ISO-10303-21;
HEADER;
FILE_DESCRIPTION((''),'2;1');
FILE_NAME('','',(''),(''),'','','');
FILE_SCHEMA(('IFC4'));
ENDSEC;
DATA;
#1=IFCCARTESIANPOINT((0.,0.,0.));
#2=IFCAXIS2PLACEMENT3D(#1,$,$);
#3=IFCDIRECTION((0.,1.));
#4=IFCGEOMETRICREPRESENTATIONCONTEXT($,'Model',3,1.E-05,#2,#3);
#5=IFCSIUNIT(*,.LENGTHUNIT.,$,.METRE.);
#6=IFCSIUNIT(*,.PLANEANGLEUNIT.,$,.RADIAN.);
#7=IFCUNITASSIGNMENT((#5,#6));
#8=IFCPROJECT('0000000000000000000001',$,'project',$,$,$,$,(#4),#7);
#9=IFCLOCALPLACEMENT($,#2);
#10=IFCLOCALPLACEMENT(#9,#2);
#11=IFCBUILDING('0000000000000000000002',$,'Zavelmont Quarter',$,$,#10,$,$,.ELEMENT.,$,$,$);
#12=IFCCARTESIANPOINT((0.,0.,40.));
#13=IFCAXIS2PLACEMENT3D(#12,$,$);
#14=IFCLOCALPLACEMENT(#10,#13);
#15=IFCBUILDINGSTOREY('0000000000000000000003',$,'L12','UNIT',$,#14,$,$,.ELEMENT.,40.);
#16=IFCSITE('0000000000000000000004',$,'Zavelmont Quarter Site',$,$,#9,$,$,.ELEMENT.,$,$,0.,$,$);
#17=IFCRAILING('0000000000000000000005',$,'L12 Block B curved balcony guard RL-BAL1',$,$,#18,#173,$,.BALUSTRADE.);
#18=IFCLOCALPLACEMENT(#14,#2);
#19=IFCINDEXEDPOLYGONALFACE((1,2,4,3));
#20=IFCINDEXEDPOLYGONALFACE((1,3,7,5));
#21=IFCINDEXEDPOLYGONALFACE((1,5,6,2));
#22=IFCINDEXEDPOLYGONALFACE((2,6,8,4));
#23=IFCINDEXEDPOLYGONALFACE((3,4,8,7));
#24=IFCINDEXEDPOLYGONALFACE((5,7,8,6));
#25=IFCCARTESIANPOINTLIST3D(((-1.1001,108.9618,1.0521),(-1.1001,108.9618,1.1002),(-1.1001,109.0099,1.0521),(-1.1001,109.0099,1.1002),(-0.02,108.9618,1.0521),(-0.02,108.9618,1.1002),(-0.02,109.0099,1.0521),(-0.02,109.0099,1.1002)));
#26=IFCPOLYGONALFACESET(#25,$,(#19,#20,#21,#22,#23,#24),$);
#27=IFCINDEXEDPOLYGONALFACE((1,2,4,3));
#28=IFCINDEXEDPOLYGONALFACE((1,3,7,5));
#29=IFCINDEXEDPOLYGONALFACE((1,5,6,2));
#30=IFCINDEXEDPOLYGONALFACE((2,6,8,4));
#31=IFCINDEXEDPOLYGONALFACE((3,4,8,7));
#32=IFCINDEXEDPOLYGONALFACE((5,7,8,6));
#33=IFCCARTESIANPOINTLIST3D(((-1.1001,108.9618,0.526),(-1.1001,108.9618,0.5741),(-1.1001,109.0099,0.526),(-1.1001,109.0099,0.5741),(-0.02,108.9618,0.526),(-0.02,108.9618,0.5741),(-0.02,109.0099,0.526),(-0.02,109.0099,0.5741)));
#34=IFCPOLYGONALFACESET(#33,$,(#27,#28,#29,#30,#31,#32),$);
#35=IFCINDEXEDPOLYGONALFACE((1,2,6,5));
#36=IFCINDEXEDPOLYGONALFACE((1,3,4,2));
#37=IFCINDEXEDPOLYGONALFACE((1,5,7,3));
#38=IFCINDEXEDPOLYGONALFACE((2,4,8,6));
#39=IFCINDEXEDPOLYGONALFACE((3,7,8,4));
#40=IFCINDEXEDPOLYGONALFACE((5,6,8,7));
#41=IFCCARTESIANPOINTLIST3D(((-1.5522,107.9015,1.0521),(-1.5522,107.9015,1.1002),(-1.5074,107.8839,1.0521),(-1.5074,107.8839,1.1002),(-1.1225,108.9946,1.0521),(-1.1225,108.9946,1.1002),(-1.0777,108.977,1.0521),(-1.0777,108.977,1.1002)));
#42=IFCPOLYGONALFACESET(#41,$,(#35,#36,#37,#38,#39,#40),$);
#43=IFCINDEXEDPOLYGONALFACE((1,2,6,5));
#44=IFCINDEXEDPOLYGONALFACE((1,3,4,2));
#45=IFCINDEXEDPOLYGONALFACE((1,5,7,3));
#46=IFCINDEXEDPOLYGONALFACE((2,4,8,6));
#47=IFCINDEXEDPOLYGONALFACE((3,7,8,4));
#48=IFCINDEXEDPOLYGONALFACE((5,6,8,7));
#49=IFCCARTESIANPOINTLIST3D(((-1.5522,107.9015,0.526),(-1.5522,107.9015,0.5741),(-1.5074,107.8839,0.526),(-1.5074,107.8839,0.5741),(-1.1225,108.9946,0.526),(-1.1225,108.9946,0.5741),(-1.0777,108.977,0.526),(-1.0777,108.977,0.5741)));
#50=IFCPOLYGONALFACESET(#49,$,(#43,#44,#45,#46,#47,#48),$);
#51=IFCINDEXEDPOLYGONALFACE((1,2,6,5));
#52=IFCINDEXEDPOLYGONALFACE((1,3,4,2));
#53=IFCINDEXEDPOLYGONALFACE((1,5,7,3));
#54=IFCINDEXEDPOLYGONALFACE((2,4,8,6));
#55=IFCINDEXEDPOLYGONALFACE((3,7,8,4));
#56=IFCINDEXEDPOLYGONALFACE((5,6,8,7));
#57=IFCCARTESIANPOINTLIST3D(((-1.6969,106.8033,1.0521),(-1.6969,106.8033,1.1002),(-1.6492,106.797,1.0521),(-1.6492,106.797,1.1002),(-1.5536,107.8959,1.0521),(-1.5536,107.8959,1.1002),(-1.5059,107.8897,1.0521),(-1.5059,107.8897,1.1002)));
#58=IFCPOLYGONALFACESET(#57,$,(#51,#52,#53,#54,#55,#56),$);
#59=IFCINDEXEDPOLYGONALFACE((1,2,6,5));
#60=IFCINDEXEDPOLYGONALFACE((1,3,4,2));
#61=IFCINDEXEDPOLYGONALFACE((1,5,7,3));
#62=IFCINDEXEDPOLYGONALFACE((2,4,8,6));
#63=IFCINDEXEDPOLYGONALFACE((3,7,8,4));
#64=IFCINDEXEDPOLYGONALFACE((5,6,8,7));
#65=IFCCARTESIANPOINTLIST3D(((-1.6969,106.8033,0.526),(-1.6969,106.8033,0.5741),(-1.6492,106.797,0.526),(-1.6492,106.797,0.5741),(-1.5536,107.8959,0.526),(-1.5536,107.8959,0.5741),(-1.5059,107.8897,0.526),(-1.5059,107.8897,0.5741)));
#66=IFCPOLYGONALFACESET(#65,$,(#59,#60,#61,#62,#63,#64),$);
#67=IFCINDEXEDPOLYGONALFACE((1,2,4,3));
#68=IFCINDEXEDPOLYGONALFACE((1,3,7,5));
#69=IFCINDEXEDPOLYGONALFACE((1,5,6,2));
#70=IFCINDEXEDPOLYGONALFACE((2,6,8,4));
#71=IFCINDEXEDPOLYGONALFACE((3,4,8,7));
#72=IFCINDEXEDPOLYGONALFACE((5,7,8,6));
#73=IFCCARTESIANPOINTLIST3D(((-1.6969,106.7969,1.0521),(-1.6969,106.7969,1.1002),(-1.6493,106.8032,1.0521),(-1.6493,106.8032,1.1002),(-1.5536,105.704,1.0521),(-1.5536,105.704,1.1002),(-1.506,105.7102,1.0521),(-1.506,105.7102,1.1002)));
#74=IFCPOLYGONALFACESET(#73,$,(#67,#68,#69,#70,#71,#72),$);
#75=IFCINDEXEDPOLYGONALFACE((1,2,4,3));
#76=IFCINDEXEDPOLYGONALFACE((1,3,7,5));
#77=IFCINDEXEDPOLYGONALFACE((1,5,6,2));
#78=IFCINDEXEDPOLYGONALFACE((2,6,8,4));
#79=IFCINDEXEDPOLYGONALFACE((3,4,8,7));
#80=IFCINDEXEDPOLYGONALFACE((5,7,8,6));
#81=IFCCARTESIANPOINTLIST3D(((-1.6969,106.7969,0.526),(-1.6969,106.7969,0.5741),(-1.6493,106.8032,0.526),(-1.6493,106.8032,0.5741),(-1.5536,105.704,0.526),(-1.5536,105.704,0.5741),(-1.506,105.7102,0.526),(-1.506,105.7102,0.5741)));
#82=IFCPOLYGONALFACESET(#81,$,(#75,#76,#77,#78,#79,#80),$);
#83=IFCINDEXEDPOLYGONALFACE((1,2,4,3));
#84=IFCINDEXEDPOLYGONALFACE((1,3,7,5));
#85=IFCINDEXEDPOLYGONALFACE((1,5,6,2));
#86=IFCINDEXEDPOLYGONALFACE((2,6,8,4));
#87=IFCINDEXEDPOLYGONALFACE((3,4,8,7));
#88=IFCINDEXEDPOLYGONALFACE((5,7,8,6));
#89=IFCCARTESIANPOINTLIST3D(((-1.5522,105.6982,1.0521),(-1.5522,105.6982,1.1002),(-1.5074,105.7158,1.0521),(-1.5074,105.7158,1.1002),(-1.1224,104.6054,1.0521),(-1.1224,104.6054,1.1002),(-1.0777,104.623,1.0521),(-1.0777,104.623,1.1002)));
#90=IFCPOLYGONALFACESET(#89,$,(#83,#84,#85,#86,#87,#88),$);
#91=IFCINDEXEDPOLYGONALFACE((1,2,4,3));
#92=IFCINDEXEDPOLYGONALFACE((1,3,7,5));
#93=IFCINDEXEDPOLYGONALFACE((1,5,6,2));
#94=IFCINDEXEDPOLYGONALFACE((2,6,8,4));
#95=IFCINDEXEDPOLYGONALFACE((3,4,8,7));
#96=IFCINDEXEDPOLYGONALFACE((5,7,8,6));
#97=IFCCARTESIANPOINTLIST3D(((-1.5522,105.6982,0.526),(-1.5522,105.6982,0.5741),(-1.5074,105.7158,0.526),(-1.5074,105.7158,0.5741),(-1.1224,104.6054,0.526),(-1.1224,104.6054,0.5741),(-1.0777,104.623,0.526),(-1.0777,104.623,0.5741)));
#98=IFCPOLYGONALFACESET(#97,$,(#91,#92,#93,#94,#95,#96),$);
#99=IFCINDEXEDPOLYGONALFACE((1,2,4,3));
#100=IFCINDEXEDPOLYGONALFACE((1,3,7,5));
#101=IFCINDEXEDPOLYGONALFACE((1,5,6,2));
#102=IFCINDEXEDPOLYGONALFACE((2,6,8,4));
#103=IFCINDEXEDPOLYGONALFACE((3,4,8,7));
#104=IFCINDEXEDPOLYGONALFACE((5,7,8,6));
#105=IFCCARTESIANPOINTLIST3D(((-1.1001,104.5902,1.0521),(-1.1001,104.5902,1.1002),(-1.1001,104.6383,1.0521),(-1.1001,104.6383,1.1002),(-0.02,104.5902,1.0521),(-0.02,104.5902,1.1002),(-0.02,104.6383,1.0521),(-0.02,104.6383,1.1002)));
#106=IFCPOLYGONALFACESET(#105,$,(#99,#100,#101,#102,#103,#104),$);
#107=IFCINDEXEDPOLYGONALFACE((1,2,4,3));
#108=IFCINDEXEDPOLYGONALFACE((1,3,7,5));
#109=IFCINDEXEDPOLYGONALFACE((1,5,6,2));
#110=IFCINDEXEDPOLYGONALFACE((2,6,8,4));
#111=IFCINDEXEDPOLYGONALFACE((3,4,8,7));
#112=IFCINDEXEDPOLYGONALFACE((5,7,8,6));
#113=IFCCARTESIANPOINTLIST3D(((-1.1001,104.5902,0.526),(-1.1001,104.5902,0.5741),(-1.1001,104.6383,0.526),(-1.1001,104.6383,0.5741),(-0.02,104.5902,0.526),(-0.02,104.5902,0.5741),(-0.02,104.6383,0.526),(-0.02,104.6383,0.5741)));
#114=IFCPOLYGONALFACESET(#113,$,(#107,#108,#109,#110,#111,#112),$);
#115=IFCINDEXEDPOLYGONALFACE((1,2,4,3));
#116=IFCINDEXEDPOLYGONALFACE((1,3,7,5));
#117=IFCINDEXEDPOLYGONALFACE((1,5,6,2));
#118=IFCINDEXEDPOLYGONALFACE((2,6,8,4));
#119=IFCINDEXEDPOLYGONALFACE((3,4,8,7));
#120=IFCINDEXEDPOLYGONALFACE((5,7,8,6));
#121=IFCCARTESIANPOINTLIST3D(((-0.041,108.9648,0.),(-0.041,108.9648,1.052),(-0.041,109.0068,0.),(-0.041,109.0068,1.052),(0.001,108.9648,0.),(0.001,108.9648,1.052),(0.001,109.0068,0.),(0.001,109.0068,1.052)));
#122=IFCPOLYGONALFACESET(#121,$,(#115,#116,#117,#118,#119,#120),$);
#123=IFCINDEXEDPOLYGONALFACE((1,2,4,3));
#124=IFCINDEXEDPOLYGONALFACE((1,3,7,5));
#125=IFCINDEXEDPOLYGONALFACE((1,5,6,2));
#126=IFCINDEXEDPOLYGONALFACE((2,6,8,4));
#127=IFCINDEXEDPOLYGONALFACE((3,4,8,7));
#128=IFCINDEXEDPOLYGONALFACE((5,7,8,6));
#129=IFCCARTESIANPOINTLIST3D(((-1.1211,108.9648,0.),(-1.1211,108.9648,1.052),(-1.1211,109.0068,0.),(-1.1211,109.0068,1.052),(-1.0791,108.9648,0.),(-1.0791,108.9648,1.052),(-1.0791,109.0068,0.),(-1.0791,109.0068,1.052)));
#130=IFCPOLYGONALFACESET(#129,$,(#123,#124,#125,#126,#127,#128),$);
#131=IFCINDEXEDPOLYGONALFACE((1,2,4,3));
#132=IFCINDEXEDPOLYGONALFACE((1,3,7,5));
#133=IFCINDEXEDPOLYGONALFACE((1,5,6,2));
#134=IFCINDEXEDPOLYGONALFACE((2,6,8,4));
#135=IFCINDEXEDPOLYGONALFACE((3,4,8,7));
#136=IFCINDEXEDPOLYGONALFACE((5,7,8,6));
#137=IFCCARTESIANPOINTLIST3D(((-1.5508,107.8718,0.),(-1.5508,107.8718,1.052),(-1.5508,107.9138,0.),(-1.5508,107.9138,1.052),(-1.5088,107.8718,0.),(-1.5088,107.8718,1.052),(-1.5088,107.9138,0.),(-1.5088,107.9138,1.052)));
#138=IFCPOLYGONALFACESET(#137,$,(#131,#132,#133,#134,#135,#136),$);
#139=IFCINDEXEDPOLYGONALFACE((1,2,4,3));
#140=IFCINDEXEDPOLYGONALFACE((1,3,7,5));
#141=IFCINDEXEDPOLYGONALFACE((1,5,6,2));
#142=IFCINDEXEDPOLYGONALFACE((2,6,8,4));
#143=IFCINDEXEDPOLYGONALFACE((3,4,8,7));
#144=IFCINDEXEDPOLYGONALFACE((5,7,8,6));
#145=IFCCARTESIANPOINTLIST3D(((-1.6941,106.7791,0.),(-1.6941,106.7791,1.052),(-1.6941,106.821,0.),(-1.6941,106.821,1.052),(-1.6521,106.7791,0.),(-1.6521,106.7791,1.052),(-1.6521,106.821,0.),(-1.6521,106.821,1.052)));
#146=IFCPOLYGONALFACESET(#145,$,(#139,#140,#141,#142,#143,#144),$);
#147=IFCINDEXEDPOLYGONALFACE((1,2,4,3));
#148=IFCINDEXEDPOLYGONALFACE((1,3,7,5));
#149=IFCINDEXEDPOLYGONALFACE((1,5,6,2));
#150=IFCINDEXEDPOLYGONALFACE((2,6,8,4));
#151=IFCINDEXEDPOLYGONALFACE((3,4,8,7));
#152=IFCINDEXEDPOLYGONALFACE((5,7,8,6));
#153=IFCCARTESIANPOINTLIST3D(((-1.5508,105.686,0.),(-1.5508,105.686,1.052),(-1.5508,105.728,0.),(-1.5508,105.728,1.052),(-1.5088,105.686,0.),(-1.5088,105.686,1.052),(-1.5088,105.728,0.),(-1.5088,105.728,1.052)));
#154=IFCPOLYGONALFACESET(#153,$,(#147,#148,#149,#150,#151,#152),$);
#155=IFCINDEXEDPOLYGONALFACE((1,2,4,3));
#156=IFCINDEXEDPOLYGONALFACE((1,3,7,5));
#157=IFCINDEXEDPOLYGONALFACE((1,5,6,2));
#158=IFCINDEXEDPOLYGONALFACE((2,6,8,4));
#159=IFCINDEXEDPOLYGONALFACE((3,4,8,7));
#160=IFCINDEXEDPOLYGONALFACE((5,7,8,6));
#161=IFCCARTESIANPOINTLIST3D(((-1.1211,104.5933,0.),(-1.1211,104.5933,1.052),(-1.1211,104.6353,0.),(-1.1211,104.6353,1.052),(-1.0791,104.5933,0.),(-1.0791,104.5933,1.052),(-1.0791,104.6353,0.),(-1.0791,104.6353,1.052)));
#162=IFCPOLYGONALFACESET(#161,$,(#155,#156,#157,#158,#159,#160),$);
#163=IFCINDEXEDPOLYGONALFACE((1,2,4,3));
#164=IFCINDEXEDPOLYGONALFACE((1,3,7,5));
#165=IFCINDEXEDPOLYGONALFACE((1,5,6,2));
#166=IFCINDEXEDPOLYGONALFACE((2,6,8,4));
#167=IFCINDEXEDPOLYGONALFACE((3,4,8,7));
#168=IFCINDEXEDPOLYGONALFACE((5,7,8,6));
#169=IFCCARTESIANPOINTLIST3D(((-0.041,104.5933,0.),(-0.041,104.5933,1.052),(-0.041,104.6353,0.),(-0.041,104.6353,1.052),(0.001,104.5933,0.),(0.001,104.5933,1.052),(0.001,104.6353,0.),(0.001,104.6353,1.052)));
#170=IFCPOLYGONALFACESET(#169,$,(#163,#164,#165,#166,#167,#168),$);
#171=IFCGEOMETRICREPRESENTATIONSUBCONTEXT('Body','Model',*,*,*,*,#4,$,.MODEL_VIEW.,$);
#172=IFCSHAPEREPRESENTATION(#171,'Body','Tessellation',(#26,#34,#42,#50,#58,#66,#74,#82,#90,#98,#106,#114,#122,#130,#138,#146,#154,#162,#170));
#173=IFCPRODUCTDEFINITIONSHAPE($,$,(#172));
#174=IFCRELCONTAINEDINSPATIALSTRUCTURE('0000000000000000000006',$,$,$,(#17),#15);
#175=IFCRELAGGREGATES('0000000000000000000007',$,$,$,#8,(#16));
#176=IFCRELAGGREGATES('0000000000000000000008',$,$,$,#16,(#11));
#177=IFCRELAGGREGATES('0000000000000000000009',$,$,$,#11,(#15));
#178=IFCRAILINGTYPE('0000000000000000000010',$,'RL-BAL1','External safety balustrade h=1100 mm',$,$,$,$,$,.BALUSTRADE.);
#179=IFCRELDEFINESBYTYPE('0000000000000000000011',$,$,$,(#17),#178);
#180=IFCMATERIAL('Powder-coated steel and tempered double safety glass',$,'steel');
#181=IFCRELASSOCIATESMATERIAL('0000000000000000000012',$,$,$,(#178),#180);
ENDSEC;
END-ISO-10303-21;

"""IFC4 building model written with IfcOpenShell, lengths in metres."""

from ifc_helpers import new_model, si_unit, direction, frame, origin, origin_2d, place, context, subcontext, project, spatial, rectangle, extrude, material, type_object, element, save


model = new_model("IFC4")

# Units and contexts
model_context = context("Model", 3, precision=1e-05, world=origin(), true_north=direction((0.0, 1.0)))
body_context = subcontext(model_context, "Body", "Model", "MODEL_VIEW")
ifc_project = project(units=[si_unit("LENGTHUNIT", "METRE"), si_unit("PLANEANGLEUNIT", "RADIAN")], contexts=[model_context])

# Site, building, storey
site_placement = place(None, origin())
site = spatial("IfcSite", under=ifc_project, at=site_placement, Name="Zavelmont Quarter Site", CompositionType="ELEMENT", RefElevation=0.0)
building_placement = place(site_placement, origin())
building = spatial("IfcBuilding", under=site, at=building_placement, Name="Zavelmont Quarter", CompositionType="ELEMENT")
storey_placement = place(building_placement, frame((0.0, 0.0, 40.0)))
storey = spatial("IfcBuildingStorey", under=building, at=storey_placement, Name="L12", Description="UNIT", CompositionType="ELEMENT", Elevation=40.0)

# Railing
ifc_material_1 = material(Name="Powder-coated steel and tempered double safety glass", Category="steel")
railing_type = type_object("IfcRailingType", Name="RL-BAL1", Description="External safety balustrade h=1100 mm", PredefinedType="BALUSTRADE", material=ifc_material_1)
railing_placement = place(storey_placement, frame((-0.02, 108.9858, 0.0)))
element("IfcRailing", 1, at=railing_placement, inside=storey, type_object=railing_type, Name="L12 Block B curved balcony guard RL-BAL1", PredefinedType="BALUSTRADE", context=body_context, shape_type="SweptSolid", body=[
    extrude(rectangle(XDim=0.0481, YDim=0.0481, at=origin_2d()), frame((0.0, 0.0, 1.0762), z_axis=(-1.0, 0.0, 0.0), x_axis=(0.0, -1.0, 0.0)), (0.0, 0.0, 1.0), 1.0801),
    extrude(rectangle(XDim=0.0481, YDim=0.0481, at=origin_2d()), frame((0.0, 0.0, 0.55), z_axis=(-1.0, 0.0, 0.0), x_axis=(0.0, -1.0, 0.0)), (0.0, 0.0, 1.0), 1.0801),
    extrude(rectangle(XDim=0.0481, YDim=0.0481, at=origin_2d()), frame((-1.0801, 0.0, 1.0762), z_axis=(-0.365865, -0.930668, 0.0), x_axis=(0.930668, -0.365865, 0.0)), (0.0, 0.0, 1.0), 1.1746),
    extrude(rectangle(XDim=0.0481, YDim=0.0481, at=origin_2d()), frame((-1.0801, 0.0, 0.55), z_axis=(-0.365865, -0.930668, 0.0), x_axis=(0.930668, -0.365865, 0.0)), (0.0, 0.0, 1.0), 1.1746),
    extrude(rectangle(XDim=0.0481, YDim=0.0481, at=origin_2d()), frame((-1.5098, -1.093, 1.0762), z_axis=(-0.13003, -0.99151, 0.0), x_axis=(0.99151, -0.13003, 0.0)), (0.0, 0.0, 1.0), 1.1021),
    extrude(rectangle(XDim=0.0481, YDim=0.0481, at=origin_2d()), frame((-1.5098, -1.093, 0.55), z_axis=(-0.13003, -0.99151, 0.0), x_axis=(0.99151, -0.13003, 0.0)), (0.0, 0.0, 1.0), 1.1021),
    extrude(rectangle(XDim=0.0481, YDim=0.0481, at=origin_2d()), frame((-1.6531, -2.1858, 1.0762), z_axis=(0.130002, -0.991514, 0.0), x_axis=(0.991514, 0.130002, 0.0)), (0.0, 0.0, 1.0), 1.1023),
    extrude(rectangle(XDim=0.0481, YDim=0.0481, at=origin_2d()), frame((-1.6531, -2.1858, 0.55), z_axis=(0.130002, -0.991514, 0.0), x_axis=(0.991514, 0.130002, 0.0)), (0.0, 0.0, 1.0), 1.1023),
    extrude(rectangle(XDim=0.0481, YDim=0.0481, at=origin_2d()), frame((-1.5098, -3.2788, 1.0762), z_axis=(0.365935, -0.93064, 0.0), x_axis=(0.93064, 0.365935, 0.0)), (0.0, 0.0, 1.0), 1.1743),
    extrude(rectangle(XDim=0.0481, YDim=0.0481, at=origin_2d()), frame((-1.5098, -3.2788, 0.55), z_axis=(0.365935, -0.93064, 0.0), x_axis=(0.93064, 0.365935, 0.0)), (0.0, 0.0, 1.0), 1.1743),
    extrude(rectangle(XDim=0.0481, YDim=0.0481, at=origin_2d()), frame((-1.0801, -4.3716, 1.0762), z_axis=(1.0, 0.0, 0.0), x_axis=(0.0, 1.0, 0.0)), (0.0, 0.0, 1.0), 1.0801),
    extrude(rectangle(XDim=0.0481, YDim=0.0481, at=origin_2d()), frame((-1.0801, -4.3716, 0.55), z_axis=(1.0, 0.0, 0.0), x_axis=(0.0, 1.0, 0.0)), (0.0, 0.0, 1.0), 1.0801),
    extrude(rectangle(XDim=0.042, YDim=0.042, at=origin_2d()), origin(), (0.0, 0.0, 1.0), 1.052),
    extrude(rectangle(XDim=0.042, YDim=0.042, at=origin_2d()), frame((-1.0801, 0.0, 0.0)), (0.0, 0.0, 1.0), 1.052),
    extrude(rectangle(XDim=0.042, YDim=0.042, at=origin_2d()), frame((-1.5098, -1.093, 0.0)), (0.0, 0.0, 1.0), 1.052),
    extrude(rectangle(XDim=0.042, YDim=0.042, at=origin_2d()), frame((-1.6531, -2.1858, 0.0)), (0.0, 0.0, 1.0), 1.052),
    extrude(rectangle(XDim=0.042, YDim=0.042, at=origin_2d()), frame((-1.5098, -3.2788, 0.0)), (0.0, 0.0, 1.0), 1.052),
    extrude(rectangle(XDim=0.042, YDim=0.042, at=origin_2d()), frame((-1.0801, -4.3716, 0.0)), (0.0, 0.0, 1.0), 1.052),
    extrude(rectangle(XDim=0.042, YDim=0.042, at=origin_2d()), frame((0.0, -4.3716, 0.0)), (0.0, 0.0, 1.0), 1.052),
])

save(model, "model.ifc")
